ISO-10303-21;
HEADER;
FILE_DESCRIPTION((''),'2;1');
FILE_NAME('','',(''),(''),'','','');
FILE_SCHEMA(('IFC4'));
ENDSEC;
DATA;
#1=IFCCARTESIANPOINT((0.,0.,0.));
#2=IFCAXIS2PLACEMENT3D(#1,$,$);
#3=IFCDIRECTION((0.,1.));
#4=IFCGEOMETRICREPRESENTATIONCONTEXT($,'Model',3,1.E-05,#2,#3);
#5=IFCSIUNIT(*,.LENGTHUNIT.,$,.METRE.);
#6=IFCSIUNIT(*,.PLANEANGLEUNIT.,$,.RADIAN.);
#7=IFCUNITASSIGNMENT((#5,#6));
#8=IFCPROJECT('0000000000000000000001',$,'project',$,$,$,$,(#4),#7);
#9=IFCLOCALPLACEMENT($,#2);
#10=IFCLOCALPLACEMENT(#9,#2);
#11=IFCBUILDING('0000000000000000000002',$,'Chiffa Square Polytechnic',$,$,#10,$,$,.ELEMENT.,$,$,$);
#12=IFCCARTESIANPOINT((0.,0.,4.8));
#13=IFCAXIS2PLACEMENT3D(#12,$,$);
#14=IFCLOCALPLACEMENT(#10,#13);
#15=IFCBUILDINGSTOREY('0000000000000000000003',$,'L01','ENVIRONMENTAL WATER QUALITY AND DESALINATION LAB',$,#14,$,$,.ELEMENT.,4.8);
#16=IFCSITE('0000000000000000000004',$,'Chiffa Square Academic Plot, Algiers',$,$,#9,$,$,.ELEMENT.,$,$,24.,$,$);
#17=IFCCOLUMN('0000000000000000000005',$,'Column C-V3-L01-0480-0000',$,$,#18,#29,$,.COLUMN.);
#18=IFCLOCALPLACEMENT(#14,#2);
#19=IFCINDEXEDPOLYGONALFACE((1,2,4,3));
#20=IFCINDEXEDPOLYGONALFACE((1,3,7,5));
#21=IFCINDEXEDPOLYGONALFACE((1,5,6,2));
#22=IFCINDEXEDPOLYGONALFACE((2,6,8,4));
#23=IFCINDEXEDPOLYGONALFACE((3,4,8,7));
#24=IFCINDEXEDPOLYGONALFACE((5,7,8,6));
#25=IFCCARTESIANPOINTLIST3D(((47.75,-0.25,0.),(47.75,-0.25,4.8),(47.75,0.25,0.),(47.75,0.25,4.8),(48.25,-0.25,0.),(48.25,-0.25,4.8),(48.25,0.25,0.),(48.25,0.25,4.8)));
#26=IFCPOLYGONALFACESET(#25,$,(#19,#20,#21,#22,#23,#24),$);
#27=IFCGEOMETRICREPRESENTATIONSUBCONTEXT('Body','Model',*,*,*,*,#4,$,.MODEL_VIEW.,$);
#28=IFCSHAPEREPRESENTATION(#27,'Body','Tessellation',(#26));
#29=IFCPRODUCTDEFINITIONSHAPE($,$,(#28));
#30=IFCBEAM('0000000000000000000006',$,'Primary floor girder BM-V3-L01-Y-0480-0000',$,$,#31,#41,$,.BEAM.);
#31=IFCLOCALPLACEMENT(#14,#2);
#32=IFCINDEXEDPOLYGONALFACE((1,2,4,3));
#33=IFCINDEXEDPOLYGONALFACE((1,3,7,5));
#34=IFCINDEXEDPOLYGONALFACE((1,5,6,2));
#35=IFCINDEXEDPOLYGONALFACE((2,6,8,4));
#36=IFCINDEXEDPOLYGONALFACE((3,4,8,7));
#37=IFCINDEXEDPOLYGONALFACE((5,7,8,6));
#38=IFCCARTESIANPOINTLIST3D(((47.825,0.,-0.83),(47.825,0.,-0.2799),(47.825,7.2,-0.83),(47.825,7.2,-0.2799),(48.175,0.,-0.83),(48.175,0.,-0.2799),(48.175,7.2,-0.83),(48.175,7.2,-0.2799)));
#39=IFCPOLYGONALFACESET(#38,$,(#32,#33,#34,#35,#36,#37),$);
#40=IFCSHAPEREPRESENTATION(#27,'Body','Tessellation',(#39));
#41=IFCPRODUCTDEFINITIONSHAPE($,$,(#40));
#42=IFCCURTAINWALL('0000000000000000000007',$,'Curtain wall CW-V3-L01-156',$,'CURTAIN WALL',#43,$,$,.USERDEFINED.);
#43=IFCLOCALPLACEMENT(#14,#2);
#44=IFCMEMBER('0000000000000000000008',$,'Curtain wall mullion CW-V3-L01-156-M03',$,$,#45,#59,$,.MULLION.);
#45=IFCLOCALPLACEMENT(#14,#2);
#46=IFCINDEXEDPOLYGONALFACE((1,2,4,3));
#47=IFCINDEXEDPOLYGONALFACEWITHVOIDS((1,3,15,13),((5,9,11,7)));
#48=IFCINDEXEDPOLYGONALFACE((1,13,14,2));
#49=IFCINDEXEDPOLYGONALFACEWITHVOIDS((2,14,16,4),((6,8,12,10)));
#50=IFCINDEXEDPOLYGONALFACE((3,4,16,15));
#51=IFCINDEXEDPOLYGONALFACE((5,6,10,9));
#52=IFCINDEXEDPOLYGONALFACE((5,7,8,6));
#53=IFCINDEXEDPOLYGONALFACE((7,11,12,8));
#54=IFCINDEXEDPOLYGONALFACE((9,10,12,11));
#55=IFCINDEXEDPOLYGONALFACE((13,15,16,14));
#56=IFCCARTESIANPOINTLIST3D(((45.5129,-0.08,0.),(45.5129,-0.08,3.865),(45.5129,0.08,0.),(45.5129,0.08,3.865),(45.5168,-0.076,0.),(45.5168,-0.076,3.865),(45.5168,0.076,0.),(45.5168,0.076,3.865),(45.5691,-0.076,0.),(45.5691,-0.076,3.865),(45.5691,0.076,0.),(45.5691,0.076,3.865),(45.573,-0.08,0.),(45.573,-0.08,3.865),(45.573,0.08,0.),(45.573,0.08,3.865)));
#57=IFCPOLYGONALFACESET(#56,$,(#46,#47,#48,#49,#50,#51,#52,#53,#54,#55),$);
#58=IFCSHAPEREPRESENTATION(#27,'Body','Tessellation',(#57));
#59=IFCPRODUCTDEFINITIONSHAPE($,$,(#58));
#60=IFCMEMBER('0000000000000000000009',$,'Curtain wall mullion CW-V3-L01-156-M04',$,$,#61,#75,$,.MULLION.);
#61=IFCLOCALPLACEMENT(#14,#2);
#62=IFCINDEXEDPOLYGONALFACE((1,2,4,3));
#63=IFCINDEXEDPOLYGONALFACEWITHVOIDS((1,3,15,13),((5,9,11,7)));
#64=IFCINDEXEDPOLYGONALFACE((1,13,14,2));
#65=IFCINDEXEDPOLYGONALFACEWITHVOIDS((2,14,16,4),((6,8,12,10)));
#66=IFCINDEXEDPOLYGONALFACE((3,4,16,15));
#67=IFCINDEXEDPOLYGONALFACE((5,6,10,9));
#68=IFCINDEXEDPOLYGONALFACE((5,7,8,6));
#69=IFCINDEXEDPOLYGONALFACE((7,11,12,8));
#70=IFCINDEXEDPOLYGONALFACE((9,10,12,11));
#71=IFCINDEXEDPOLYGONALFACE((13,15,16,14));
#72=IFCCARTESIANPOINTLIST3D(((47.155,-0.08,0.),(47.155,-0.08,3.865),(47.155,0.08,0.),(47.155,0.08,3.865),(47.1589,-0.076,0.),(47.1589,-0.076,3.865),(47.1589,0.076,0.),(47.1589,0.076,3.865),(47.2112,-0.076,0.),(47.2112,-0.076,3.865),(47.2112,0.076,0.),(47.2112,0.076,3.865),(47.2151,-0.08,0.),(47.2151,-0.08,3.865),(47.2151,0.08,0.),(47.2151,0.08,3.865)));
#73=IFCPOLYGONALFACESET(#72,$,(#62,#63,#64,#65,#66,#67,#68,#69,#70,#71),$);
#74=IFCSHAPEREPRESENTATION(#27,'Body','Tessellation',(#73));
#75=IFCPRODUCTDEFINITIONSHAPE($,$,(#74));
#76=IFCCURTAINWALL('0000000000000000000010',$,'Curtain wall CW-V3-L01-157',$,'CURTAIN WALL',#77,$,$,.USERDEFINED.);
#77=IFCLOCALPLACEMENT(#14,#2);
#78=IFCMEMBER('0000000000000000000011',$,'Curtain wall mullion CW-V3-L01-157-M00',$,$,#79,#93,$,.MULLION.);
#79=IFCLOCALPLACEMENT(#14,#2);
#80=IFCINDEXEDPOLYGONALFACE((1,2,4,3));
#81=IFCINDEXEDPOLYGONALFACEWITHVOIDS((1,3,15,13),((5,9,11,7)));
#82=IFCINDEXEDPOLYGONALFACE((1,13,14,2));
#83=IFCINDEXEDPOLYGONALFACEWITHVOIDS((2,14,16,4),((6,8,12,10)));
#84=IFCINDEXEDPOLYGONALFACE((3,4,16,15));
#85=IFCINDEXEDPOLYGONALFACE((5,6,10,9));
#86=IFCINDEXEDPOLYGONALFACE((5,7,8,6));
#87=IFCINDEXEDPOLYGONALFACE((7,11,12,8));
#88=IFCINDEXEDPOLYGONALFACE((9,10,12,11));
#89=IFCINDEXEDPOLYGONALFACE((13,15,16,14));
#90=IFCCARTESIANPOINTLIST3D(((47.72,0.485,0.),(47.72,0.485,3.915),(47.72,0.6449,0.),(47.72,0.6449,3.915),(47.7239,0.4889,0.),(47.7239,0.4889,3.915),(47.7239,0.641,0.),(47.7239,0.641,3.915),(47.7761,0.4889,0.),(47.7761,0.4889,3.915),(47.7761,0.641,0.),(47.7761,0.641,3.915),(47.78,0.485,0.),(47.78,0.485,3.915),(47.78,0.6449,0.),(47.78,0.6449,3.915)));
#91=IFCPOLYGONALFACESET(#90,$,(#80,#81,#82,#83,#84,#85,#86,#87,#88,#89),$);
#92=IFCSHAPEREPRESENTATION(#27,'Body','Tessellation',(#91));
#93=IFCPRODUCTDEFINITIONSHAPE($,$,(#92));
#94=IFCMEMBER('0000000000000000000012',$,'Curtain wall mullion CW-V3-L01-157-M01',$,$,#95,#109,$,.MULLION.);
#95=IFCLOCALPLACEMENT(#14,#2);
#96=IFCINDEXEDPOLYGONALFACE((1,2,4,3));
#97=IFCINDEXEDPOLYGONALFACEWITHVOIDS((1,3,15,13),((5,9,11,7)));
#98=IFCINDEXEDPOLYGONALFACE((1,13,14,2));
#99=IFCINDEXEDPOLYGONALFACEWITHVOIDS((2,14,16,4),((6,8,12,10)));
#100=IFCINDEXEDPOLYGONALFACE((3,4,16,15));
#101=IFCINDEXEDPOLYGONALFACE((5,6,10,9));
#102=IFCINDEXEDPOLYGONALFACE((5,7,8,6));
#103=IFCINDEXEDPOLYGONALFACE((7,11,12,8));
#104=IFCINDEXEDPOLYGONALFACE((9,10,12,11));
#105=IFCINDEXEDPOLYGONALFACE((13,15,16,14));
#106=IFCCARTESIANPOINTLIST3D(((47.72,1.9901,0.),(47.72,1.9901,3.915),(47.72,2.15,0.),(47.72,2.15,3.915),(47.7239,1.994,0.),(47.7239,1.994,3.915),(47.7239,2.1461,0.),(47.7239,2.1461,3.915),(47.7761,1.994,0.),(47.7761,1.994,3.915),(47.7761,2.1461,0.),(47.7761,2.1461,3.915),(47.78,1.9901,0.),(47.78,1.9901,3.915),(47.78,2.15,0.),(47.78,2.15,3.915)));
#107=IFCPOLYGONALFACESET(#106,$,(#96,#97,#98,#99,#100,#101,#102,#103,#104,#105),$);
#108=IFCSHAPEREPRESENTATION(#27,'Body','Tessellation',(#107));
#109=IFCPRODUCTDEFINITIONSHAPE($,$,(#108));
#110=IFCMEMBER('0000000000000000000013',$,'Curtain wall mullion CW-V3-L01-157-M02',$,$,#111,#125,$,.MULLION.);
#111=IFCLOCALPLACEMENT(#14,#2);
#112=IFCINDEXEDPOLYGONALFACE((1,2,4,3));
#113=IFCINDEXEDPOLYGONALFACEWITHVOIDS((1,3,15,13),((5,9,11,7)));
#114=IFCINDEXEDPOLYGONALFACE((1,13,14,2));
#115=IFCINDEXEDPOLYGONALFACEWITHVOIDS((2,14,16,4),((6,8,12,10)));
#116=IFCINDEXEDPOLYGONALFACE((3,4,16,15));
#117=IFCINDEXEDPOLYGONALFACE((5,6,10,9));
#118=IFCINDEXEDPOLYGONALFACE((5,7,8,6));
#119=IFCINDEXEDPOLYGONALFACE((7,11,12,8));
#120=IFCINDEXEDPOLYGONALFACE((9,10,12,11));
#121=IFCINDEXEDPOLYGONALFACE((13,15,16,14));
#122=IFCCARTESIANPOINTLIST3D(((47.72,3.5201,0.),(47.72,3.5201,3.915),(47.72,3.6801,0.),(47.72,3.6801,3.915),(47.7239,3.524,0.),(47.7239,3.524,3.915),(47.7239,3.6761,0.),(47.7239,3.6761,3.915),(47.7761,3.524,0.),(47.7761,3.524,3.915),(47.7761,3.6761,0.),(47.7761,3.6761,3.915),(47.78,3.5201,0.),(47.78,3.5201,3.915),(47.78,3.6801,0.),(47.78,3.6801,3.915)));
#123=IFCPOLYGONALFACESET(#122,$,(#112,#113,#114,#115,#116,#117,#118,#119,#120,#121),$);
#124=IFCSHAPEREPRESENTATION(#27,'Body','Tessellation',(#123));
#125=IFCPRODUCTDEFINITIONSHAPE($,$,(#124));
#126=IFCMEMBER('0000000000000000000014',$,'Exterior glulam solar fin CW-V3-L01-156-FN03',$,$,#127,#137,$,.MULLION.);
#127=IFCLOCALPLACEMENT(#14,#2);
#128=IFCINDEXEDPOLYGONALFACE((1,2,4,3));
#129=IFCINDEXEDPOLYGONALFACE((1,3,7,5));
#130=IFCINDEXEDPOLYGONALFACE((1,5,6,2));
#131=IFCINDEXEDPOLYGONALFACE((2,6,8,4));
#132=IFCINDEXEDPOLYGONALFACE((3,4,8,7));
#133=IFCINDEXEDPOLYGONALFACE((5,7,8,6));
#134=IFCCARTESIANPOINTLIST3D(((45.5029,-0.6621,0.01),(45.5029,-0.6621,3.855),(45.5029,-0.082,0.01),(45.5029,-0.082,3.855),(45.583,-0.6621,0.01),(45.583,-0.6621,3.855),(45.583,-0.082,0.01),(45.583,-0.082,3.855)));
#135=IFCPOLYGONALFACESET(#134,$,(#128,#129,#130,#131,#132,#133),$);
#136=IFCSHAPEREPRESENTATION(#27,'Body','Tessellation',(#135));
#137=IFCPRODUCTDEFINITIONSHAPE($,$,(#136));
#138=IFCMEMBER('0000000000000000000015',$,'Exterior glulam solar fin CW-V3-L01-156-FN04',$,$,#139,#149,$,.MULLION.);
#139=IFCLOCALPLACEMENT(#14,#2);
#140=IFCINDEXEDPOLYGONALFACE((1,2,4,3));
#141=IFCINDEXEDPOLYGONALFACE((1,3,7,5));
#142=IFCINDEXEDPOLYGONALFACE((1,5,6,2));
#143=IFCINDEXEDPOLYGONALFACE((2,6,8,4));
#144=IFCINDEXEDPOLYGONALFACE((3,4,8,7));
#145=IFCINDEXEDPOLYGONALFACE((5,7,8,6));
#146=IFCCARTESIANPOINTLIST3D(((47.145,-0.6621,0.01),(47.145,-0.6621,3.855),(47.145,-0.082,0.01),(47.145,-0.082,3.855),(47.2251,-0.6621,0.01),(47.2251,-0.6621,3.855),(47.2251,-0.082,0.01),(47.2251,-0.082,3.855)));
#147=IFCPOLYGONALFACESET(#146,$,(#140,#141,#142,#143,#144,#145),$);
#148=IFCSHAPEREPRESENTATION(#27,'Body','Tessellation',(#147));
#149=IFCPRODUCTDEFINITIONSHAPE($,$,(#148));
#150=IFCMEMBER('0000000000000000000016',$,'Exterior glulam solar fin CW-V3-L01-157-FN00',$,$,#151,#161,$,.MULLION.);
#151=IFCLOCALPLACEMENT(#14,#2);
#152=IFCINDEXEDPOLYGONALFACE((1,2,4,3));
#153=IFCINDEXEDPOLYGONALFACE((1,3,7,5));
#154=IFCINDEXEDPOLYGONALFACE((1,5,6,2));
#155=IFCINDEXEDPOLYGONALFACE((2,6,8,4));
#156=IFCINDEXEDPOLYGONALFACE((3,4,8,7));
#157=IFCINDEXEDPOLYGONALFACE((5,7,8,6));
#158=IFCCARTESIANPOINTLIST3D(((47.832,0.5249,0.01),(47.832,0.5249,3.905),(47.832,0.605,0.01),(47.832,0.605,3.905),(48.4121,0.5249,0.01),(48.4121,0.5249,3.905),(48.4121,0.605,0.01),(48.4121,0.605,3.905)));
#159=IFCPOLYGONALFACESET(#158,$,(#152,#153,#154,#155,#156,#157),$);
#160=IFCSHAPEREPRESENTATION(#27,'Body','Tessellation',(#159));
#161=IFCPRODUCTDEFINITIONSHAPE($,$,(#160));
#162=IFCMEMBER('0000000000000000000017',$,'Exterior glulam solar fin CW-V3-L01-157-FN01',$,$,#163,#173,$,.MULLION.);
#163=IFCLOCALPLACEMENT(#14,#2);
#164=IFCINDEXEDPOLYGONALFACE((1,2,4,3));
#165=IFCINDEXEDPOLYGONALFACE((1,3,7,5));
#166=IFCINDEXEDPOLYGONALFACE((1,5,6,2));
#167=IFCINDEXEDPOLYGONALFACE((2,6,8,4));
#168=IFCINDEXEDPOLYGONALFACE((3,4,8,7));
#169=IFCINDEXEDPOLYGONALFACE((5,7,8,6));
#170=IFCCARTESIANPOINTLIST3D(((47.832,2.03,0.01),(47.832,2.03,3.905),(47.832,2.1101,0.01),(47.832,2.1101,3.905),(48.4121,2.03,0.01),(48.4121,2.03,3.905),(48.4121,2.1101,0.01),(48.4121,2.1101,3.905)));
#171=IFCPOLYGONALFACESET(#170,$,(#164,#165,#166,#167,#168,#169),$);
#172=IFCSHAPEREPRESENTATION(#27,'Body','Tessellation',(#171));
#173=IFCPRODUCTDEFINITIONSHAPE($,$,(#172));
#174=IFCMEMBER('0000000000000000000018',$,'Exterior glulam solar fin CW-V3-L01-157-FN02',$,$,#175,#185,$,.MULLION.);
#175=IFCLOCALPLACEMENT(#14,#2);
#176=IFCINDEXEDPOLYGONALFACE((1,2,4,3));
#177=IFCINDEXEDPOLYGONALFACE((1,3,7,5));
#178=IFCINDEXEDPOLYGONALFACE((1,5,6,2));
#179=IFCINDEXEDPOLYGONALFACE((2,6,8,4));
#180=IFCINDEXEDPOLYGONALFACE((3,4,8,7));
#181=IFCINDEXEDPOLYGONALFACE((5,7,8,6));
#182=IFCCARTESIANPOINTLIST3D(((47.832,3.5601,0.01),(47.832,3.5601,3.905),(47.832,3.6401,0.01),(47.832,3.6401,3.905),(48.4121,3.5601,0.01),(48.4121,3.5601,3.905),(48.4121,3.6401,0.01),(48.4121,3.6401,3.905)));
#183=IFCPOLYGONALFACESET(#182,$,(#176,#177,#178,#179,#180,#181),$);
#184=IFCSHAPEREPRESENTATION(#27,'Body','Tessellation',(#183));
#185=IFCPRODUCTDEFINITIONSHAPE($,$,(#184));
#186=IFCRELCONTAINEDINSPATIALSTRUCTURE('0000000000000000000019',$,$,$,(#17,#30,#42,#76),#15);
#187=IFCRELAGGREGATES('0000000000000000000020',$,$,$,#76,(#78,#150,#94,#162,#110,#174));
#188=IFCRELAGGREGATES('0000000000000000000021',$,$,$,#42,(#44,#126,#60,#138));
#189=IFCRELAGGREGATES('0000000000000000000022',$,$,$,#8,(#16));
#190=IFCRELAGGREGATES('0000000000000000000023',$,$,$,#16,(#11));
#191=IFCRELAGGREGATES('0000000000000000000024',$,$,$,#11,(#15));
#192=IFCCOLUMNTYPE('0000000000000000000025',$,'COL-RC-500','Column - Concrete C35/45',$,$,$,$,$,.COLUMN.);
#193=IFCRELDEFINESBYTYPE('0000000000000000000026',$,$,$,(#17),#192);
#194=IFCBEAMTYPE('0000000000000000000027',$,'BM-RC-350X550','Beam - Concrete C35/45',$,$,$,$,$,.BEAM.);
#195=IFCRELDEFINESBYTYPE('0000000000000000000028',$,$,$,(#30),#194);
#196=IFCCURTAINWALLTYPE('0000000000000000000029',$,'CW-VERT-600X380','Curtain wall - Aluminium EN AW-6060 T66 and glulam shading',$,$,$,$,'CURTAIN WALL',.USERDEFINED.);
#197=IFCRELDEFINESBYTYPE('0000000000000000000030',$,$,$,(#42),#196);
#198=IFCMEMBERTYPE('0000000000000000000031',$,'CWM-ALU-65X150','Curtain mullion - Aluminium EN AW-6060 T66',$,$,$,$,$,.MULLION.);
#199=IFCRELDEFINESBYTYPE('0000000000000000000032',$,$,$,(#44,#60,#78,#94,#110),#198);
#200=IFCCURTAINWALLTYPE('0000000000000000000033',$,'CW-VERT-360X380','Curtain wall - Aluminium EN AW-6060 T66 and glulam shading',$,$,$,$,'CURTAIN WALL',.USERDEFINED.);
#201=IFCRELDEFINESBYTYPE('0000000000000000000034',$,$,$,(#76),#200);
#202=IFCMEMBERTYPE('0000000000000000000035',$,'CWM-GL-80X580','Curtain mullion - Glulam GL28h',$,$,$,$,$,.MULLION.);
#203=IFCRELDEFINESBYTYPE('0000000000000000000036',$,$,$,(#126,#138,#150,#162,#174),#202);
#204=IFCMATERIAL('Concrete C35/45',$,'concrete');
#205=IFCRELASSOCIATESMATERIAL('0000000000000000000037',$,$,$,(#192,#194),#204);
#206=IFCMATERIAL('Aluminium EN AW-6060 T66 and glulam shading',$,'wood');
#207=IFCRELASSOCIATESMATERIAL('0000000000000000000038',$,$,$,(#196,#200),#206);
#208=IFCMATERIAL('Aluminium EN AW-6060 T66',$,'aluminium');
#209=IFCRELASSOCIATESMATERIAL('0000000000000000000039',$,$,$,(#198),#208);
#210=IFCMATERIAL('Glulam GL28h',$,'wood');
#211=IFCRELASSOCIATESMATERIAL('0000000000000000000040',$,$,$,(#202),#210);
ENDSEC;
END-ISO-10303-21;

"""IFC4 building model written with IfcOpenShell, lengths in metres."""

from ifc_helpers import new_model, si_unit, direction, frame, origin, origin_2d, place, context, subcontext, project, spatial, rectangle, hollow_rectangle, extrude, material, material_profile, profile_set, type_object, element, aggregate, save


model = new_model("IFC4")

# Units and contexts
model_context = context("Model", 3, precision=1e-05, world=origin(), true_north=direction((0.0, 1.0)))
body_context = subcontext(model_context, "Body", "Model", "MODEL_VIEW")
ifc_project = project(units=[si_unit("LENGTHUNIT", "METRE"), si_unit("PLANEANGLEUNIT", "RADIAN")], contexts=[model_context])

# Site, building, storey
site_placement = place(None, origin())
site = spatial("IfcSite", under=ifc_project, at=site_placement, Name="Chiffa Square Academic Plot, Algiers", CompositionType="ELEMENT", RefElevation=24.0)
building_placement = place(site_placement, origin())
building = spatial("IfcBuilding", under=site, at=building_placement, Name="Chiffa Square Polytechnic", CompositionType="ELEMENT")
storey_placement = place(building_placement, frame((0.0, 0.0, 4.8)))
storey = spatial("IfcBuildingStorey", under=building, at=storey_placement, Name="L01", Description="ENVIRONMENTAL WATER QUALITY AND DESALINATION LAB", CompositionType="ELEMENT", Elevation=4.8)

# Column
ifc_material_1 = material(Name="Concrete C35/45", Category="concrete")
ifc_material_profile_1 = material_profile(ifc_material_1, rectangle(XDim=0.5, YDim=0.5, at=origin_2d()), Name="RC 500x500")
ifc_profile_set_1 = profile_set([ifc_material_profile_1], Name="Concrete C35/45")
column_type = type_object("IfcColumnType", Name="COL-RC-500", Description="Column - Concrete C35/45", PredefinedType="COLUMN", material=ifc_profile_set_1)
column_placement = place(storey_placement, frame((48.0, 0.0, 0.0), z_axis=(0.0, 0.0, 1.0), x_axis=(1.0, 0.0, 0.0)))
element("IfcColumn", 1, at=column_placement, inside=storey, type_object=column_type, Name="Column C-V3-L01-0480-0000", PredefinedType="COLUMN", context=body_context, shape_type="SweptSolid", body=[
    extrude(rectangle(XDim=0.5, YDim=0.5, at=origin_2d()), origin(), (0.0, 0.0, 1.0), 4.8),
])

# Beam
ifc_material_profile_2 = material_profile(ifc_material_1, rectangle(XDim=0.3501, YDim=0.55, at=origin_2d()), Name="RC 350x550")
ifc_profile_set_2 = profile_set([ifc_material_profile_2], Name="Concrete C35/45")
beam_type = type_object("IfcBeamType", Name="BM-RC-350X550", Description="Beam - Concrete C35/45", PredefinedType="BEAM", material=ifc_profile_set_2)
beam_placement = place(storey_placement, frame((48.0, 0.0, -0.5549), z_axis=(0.0, 1.0, 0.0), x_axis=(-1.0, 0.0, 0.0)))
element("IfcBeam", 2, at=beam_placement, inside=storey, type_object=beam_type, Name="Primary floor girder BM-V3-L01-Y-0480-0000", PredefinedType="BEAM", context=body_context, shape_type="SweptSolid", body=[
    extrude(rectangle(XDim=0.3501, YDim=0.55, at=origin_2d()), origin(), (0.0, 0.0, 1.0), 7.2),
])

# Curtain walls, members
ifc_material_2 = material(Name="Aluminium EN AW-6060 T66 and glulam shading", Category="wood")
curtain_wall_type_1 = type_object("IfcCurtainWallType", Name="CW-VERT-600X380", Description="Curtain wall - Aluminium EN AW-6060 T66 and glulam shading", ElementType="CURTAIN WALL", PredefinedType="USERDEFINED", material=ifc_material_2)
curtain_wall_1_placement = place(storey_placement, origin())
curtain_wall_1 = element("IfcCurtainWall", 3, at=curtain_wall_1_placement, inside=storey, type_object=curtain_wall_type_1, Name="Curtain wall CW-V3-L01-156", ObjectType="CURTAIN WALL", PredefinedType="USERDEFINED")
ifc_material_3 = material(Name="Aluminium EN AW-6060 T66", Category="aluminium")
ifc_material_profile_3 = material_profile(ifc_material_3, hollow_rectangle(XDim=0.0601, YDim=0.1599, WallThickness=0.0039, at=origin_2d()), Name="ALU 60x160x4")
ifc_profile_set_3 = profile_set([ifc_material_profile_3], Name="Aluminium EN AW-6060 T66")
member_type_1 = type_object("IfcMemberType", Name="CWM-ALU-65X150", Description="Curtain mullion - Aluminium EN AW-6060 T66", PredefinedType="MULLION", material=ifc_profile_set_3)
member_1_placement = place(storey_placement, frame((45.543, 0.0, 0.0), z_axis=(0.0, 0.0, 1.0), x_axis=(1.0, 0.0, 0.0)))
member_1 = element("IfcMember", 4, at=member_1_placement, type_object=member_type_1, Name="Curtain wall mullion CW-V3-L01-156-M03", PredefinedType="MULLION", context=body_context, shape_type="SweptSolid", body=[
    extrude(hollow_rectangle(XDim=0.0601, YDim=0.1599, WallThickness=0.0039, at=origin_2d()), origin(), (0.0, 0.0, 1.0), 3.865),
])
member_2_placement = place(storey_placement, frame((47.1851, 0.0, 0.0), z_axis=(0.0, 0.0, 1.0), x_axis=(1.0, 0.0, 0.0)))
member_2 = element("IfcMember", 5, at=member_2_placement, type_object=member_type_1, Name="Curtain wall mullion CW-V3-L01-156-M04", PredefinedType="MULLION", context=body_context, shape_type="SweptSolid", body=[
    extrude(hollow_rectangle(XDim=0.0601, YDim=0.1599, WallThickness=0.0039, at=origin_2d()), origin(), (0.0, 0.0, 1.0), 3.865),
])
curtain_wall_type_2 = type_object("IfcCurtainWallType", Name="CW-VERT-360X380", Description="Curtain wall - Aluminium EN AW-6060 T66 and glulam shading", ElementType="CURTAIN WALL", PredefinedType="USERDEFINED", material=ifc_material_2)
curtain_wall_2_placement = place(storey_placement, origin())
curtain_wall_2 = element("IfcCurtainWall", 6, at=curtain_wall_2_placement, inside=storey, type_object=curtain_wall_type_2, Name="Curtain wall CW-V3-L01-157", ObjectType="CURTAIN WALL", PredefinedType="USERDEFINED")
member_3_placement = place(storey_placement, frame((47.75, 0.5649, 0.0), z_axis=(0.0, 0.0, 1.0), x_axis=(1.0, 0.0, 0.0)))
member_3 = element("IfcMember", 7, at=member_3_placement, type_object=member_type_1, Name="Curtain wall mullion CW-V3-L01-157-M00", PredefinedType="MULLION", context=body_context, shape_type="SweptSolid", body=[
    extrude(hollow_rectangle(XDim=0.0601, YDim=0.1599, WallThickness=0.0039, at=origin_2d()), origin(), (0.0, 0.0, 1.0), 3.915),
])
member_4_placement = place(storey_placement, frame((47.75, 2.0701, 0.0), z_axis=(0.0, 0.0, 1.0), x_axis=(1.0, 0.0, 0.0)))
member_4 = element("IfcMember", 8, at=member_4_placement, type_object=member_type_1, Name="Curtain wall mullion CW-V3-L01-157-M01", PredefinedType="MULLION", context=body_context, shape_type="SweptSolid", body=[
    extrude(hollow_rectangle(XDim=0.0601, YDim=0.1599, WallThickness=0.0039, at=origin_2d()), origin(), (0.0, 0.0, 1.0), 3.915),
])
member_5_placement = place(storey_placement, frame((47.75, 3.6001, 0.0), z_axis=(0.0, 0.0, 1.0), x_axis=(1.0, 0.0, 0.0)))
member_5 = element("IfcMember", 9, at=member_5_placement, type_object=member_type_1, Name="Curtain wall mullion CW-V3-L01-157-M02", PredefinedType="MULLION", context=body_context, shape_type="SweptSolid", body=[
    extrude(hollow_rectangle(XDim=0.0601, YDim=0.1599, WallThickness=0.0039, at=origin_2d()), origin(), (0.0, 0.0, 1.0), 3.915),
])

# Members
ifc_material_4 = material(Name="Glulam GL28h", Category="wood")
ifc_material_profile_4 = material_profile(ifc_material_4, rectangle(XDim=0.0801, YDim=0.5801, at=origin_2d()), Name="GL28h 80x580")
ifc_profile_set_4 = profile_set([ifc_material_profile_4], Name="Glulam GL28h")
member_type_2 = type_object("IfcMemberType", Name="CWM-GL-80X580", Description="Curtain mullion - Glulam GL28h", PredefinedType="MULLION", material=ifc_profile_set_4)
member_6_placement = place(storey_placement, frame((45.543, -0.3721, 0.01), z_axis=(0.0, 0.0, 1.0), x_axis=(1.0, 0.0, 0.0)))
member_6 = element("IfcMember", 10, at=member_6_placement, type_object=member_type_2, Name="Exterior glulam solar fin CW-V3-L01-156-FN03", PredefinedType="MULLION", context=body_context, shape_type="SweptSolid", body=[
    extrude(rectangle(XDim=0.0801, YDim=0.5801, at=origin_2d()), origin(), (0.0, 0.0, 1.0), 3.845),
])
member_7_placement = place(storey_placement, frame((47.1851, -0.3721, 0.01), z_axis=(0.0, 0.0, 1.0), x_axis=(1.0, 0.0, 0.0)))
member_7 = element("IfcMember", 11, at=member_7_placement, type_object=member_type_2, Name="Exterior glulam solar fin CW-V3-L01-156-FN04", PredefinedType="MULLION", context=body_context, shape_type="SweptSolid", body=[
    extrude(rectangle(XDim=0.0801, YDim=0.5801, at=origin_2d()), origin(), (0.0, 0.0, 1.0), 3.845),
])
member_8_placement = place(storey_placement, frame((48.1221, 0.5649, 0.01), z_axis=(0.0, 0.0, 1.0), x_axis=(0.0, 1.0, 0.0)))
member_8 = element("IfcMember", 12, at=member_8_placement, type_object=member_type_2, Name="Exterior glulam solar fin CW-V3-L01-157-FN00", PredefinedType="MULLION", context=body_context, shape_type="SweptSolid", body=[
    extrude(rectangle(XDim=0.0801, YDim=0.5801, at=origin_2d()), origin(), (0.0, 0.0, 1.0), 3.895),
])
member_9_placement = place(storey_placement, frame((48.1221, 2.0701, 0.01), z_axis=(0.0, 0.0, 1.0), x_axis=(0.0, 1.0, 0.0)))
member_9 = element("IfcMember", 13, at=member_9_placement, type_object=member_type_2, Name="Exterior glulam solar fin CW-V3-L01-157-FN01", PredefinedType="MULLION", context=body_context, shape_type="SweptSolid", body=[
    extrude(rectangle(XDim=0.0801, YDim=0.5801, at=origin_2d()), origin(), (0.0, 0.0, 1.0), 3.895),
])
member_10_placement = place(storey_placement, frame((48.1221, 3.6001, 0.01), z_axis=(0.0, 0.0, 1.0), x_axis=(0.0, 1.0, 0.0)))
member_10 = element("IfcMember", 14, at=member_10_placement, type_object=member_type_2, Name="Exterior glulam solar fin CW-V3-L01-157-FN02", PredefinedType="MULLION", context=body_context, shape_type="SweptSolid", body=[
    extrude(rectangle(XDim=0.0801, YDim=0.5801, at=origin_2d()), origin(), (0.0, 0.0, 1.0), 3.895),
])

aggregate(curtain_wall_2, [member_3, member_8, member_4, member_9, member_5, member_10])
aggregate(curtain_wall_1, [member_1, member_6, member_2, member_7])

save(model, "model.ifc")
